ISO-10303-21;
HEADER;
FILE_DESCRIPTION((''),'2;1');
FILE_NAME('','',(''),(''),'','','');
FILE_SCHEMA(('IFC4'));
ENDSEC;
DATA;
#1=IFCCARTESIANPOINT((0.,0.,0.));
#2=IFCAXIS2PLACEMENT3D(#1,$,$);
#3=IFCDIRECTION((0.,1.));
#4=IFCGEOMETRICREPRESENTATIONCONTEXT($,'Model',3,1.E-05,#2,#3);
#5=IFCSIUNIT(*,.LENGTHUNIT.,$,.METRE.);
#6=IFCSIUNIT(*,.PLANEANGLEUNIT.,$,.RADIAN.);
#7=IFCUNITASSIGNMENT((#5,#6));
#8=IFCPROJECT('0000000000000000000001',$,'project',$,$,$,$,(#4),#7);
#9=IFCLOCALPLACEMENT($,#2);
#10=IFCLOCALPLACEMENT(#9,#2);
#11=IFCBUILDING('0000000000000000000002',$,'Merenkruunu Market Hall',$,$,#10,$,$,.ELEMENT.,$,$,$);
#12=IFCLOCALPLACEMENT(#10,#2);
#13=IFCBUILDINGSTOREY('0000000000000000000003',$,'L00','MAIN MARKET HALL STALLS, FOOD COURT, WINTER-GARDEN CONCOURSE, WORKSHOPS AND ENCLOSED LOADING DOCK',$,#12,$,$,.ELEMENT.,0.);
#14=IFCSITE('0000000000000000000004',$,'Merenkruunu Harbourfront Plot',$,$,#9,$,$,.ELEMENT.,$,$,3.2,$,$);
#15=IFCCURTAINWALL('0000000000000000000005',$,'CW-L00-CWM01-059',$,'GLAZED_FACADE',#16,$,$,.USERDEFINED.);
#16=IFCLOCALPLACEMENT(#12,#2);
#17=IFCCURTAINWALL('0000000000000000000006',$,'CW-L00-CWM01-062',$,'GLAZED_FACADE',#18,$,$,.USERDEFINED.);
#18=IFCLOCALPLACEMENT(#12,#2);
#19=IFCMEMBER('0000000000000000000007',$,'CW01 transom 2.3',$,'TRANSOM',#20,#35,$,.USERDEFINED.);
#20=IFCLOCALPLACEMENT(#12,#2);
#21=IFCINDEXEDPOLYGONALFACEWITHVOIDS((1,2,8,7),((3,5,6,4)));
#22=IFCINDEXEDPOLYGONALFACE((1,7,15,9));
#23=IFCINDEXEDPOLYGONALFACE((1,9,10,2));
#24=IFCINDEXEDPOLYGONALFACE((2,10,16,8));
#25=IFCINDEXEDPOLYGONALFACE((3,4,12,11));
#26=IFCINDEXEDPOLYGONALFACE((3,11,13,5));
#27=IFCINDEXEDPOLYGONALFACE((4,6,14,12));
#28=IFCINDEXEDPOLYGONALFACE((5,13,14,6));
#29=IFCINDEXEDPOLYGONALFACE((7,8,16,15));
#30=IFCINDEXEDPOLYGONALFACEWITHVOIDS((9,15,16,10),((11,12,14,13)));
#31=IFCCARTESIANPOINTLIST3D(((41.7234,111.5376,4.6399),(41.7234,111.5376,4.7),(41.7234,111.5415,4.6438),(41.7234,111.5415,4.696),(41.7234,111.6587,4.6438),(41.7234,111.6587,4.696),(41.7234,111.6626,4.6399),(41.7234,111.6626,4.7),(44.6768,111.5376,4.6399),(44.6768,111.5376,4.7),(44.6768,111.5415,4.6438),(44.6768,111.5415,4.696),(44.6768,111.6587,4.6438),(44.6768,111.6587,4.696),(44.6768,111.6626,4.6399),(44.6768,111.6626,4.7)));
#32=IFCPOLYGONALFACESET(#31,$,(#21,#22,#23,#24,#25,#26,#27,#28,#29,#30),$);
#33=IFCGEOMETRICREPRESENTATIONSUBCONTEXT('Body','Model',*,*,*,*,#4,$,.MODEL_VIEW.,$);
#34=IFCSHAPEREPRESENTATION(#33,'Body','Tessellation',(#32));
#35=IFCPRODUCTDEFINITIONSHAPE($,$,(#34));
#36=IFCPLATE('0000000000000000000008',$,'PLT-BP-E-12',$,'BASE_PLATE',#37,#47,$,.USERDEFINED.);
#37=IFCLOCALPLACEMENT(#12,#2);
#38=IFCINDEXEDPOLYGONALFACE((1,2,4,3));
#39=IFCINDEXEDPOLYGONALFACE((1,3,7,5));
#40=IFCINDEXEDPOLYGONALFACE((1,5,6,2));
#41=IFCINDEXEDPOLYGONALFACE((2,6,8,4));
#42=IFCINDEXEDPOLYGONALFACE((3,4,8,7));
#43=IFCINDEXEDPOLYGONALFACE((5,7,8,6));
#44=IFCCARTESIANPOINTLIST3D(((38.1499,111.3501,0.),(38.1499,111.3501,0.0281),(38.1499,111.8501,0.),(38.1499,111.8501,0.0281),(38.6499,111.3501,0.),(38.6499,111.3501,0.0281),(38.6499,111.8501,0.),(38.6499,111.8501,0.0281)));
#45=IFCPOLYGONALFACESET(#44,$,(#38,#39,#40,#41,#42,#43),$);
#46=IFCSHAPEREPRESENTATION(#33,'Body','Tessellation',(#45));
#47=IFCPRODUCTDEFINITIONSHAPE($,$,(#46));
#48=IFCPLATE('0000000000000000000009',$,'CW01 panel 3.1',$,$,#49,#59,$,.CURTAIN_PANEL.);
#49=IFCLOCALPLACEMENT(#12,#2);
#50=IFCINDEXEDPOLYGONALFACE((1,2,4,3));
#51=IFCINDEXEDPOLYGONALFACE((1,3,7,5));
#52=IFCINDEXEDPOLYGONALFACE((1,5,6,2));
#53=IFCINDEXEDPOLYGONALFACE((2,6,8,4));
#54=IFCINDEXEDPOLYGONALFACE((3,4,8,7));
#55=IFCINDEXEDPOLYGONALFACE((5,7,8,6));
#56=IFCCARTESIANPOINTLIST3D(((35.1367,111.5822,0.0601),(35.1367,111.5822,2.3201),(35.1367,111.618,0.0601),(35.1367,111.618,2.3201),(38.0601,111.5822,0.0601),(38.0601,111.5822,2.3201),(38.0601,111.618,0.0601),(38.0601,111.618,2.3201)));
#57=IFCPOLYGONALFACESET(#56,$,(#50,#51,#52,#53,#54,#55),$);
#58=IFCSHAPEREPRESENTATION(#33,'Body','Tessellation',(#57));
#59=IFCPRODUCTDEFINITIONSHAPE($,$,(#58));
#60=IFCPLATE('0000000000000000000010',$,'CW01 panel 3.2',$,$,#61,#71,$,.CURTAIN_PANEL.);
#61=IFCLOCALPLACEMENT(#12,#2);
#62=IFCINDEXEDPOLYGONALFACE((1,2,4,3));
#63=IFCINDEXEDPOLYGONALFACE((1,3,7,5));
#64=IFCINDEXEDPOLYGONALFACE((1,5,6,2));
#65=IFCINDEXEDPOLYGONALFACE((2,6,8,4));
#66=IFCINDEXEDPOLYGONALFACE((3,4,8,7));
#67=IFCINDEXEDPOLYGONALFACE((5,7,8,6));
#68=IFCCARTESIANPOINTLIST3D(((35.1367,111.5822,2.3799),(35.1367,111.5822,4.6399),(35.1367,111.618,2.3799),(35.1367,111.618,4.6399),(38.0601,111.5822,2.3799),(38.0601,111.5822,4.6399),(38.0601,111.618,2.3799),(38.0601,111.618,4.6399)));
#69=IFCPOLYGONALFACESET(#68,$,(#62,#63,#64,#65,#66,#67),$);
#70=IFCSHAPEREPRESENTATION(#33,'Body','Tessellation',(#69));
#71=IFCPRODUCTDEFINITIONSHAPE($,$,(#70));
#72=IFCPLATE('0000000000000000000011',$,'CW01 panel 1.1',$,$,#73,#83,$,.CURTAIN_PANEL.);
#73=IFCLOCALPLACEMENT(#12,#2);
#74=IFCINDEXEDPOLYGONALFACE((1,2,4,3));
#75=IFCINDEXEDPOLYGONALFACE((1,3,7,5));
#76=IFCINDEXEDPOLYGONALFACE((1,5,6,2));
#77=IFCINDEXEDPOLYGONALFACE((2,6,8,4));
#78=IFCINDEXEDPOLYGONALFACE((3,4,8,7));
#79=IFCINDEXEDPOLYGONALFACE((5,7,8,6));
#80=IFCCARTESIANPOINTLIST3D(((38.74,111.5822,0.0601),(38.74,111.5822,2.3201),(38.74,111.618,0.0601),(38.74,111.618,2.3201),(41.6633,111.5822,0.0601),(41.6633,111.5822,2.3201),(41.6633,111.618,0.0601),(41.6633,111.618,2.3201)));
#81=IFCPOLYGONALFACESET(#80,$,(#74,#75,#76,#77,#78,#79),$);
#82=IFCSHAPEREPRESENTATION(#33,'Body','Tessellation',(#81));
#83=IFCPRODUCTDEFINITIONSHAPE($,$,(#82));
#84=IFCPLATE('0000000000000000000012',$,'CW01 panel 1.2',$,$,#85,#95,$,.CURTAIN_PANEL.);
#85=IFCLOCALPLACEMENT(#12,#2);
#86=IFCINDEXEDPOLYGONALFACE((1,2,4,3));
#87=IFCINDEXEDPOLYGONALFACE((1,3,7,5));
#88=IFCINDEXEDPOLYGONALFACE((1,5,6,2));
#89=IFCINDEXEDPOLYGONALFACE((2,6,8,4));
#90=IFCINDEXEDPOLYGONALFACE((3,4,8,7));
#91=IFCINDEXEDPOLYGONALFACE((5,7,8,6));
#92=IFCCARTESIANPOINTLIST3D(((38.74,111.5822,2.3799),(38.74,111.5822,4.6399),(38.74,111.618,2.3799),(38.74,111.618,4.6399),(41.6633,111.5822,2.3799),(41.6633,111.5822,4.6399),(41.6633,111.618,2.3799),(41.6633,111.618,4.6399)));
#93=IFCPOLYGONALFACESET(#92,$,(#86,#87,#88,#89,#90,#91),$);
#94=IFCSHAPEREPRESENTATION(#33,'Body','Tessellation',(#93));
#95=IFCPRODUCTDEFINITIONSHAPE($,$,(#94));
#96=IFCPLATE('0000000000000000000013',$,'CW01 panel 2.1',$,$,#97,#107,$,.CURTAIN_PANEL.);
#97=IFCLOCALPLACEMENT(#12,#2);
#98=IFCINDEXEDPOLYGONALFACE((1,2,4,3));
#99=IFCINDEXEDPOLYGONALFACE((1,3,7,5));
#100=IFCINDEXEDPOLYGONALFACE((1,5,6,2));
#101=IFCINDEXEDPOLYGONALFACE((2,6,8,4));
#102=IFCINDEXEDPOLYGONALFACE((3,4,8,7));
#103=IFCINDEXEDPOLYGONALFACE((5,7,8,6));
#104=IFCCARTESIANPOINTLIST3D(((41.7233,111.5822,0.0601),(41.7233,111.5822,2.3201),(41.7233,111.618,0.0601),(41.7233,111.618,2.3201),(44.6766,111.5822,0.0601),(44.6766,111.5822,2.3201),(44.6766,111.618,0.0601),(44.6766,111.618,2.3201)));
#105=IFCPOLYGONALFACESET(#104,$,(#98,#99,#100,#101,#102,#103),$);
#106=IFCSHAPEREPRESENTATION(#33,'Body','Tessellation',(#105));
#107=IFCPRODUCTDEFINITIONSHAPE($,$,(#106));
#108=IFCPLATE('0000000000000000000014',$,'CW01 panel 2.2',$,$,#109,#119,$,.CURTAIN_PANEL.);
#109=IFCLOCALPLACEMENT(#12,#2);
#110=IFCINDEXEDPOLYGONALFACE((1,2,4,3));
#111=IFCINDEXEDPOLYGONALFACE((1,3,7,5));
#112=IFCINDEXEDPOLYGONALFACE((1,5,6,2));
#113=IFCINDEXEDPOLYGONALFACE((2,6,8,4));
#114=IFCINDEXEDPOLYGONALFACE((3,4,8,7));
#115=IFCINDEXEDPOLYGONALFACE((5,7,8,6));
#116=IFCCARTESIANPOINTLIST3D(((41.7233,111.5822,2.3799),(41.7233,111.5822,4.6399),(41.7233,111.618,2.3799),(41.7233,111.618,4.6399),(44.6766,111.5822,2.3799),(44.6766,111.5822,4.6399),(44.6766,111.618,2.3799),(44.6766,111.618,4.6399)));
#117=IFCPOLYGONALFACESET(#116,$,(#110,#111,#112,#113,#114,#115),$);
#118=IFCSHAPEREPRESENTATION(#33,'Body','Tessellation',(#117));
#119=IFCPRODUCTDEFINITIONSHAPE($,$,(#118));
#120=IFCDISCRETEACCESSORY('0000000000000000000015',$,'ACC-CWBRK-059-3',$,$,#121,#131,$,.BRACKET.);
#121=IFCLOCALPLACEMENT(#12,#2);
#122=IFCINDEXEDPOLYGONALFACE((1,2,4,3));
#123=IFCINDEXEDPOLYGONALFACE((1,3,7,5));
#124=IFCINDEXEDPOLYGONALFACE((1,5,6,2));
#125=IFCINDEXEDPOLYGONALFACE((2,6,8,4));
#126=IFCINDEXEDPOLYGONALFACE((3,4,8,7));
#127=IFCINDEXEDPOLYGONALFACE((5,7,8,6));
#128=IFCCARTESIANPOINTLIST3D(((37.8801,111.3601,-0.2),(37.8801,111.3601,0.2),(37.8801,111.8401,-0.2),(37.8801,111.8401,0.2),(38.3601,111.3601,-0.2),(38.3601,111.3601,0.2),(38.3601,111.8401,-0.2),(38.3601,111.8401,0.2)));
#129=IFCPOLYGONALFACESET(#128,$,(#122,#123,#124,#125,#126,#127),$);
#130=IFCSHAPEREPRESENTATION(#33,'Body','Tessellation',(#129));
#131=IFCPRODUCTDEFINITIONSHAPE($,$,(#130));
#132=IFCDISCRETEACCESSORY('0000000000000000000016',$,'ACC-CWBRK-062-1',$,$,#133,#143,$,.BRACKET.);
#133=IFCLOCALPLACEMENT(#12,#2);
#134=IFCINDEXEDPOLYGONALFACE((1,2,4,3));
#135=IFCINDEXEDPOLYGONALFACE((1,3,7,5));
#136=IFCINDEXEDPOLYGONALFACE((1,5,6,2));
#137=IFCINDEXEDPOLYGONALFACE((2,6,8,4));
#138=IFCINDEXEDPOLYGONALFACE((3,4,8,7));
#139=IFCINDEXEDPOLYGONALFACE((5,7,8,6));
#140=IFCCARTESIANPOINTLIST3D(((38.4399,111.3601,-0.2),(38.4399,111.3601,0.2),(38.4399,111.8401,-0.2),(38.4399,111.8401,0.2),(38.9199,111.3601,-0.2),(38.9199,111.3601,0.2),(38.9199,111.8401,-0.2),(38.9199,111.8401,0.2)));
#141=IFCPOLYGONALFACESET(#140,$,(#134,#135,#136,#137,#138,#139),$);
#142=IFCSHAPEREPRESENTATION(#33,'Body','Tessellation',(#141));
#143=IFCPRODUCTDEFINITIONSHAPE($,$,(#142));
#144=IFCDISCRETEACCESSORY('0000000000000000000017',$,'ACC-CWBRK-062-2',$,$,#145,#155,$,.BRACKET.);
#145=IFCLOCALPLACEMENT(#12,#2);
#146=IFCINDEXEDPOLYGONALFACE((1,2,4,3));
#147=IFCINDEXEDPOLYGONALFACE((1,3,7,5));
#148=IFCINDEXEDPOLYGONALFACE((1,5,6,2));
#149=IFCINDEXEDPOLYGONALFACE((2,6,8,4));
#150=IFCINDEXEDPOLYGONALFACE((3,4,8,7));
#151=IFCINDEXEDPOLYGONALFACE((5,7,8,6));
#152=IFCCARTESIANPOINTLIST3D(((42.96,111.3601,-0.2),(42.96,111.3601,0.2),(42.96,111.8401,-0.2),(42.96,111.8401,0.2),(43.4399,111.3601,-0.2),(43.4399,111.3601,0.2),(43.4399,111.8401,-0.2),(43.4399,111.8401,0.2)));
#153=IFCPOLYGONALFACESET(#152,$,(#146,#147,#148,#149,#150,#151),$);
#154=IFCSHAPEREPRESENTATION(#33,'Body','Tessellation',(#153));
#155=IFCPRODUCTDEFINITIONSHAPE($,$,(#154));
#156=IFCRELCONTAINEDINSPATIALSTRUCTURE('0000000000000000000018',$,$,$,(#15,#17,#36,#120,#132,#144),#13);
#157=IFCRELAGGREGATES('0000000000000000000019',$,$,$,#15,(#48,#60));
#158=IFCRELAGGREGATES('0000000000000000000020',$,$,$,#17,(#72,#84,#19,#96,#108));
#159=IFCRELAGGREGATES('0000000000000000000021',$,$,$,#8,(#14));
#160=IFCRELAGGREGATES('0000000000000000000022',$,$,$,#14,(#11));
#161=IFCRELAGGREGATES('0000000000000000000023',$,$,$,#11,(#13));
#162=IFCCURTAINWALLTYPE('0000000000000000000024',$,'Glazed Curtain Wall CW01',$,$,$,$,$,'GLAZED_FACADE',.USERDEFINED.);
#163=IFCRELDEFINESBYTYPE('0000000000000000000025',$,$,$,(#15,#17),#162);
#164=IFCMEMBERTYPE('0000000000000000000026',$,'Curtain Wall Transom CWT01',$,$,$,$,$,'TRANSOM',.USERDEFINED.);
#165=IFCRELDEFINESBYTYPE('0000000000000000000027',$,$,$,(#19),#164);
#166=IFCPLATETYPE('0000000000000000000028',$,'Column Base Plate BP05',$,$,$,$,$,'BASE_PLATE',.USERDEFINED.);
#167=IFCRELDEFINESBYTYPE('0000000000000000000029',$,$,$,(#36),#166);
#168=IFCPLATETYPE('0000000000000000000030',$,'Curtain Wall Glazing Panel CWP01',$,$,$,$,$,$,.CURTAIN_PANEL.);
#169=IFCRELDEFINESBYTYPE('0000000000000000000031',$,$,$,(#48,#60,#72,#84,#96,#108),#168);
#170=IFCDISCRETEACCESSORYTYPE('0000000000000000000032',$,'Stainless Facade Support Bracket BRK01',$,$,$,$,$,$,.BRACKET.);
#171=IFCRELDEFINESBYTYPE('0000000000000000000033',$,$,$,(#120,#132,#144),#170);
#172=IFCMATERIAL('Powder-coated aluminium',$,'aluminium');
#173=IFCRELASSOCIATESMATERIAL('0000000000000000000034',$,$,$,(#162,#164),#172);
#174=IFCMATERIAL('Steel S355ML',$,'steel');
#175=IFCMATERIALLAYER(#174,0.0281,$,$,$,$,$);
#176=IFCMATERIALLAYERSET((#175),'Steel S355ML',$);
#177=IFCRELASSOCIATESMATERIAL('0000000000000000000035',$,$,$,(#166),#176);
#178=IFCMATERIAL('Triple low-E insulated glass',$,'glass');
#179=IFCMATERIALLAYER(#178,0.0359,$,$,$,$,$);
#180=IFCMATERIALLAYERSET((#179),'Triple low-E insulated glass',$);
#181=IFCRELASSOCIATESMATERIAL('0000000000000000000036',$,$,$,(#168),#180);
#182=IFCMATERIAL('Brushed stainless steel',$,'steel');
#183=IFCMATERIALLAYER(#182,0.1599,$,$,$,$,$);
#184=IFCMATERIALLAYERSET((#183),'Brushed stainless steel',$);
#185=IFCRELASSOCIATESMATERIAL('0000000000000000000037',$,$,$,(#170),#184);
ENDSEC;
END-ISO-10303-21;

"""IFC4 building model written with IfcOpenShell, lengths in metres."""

from ifc_helpers import new_model, si_unit, direction, frame, origin, origin_2d, place, context, subcontext, project, spatial, rectangle, hollow_rectangle, extrude, material, layer, layer_set, material_profile, profile_set, type_object, element, aggregate, save


model = new_model("IFC4")

# Units and contexts
model_context = context("Model", 3, precision=1e-05, world=origin(), true_north=direction((0.0, 1.0)))
body_context = subcontext(model_context, "Body", "Model", "MODEL_VIEW")
ifc_project = project(units=[si_unit("LENGTHUNIT", "METRE"), si_unit("PLANEANGLEUNIT", "RADIAN")], contexts=[model_context])

# Site, building, storey
site_placement = place(None, origin())
site = spatial("IfcSite", under=ifc_project, at=site_placement, Name="Merenkruunu Harbourfront Plot", CompositionType="ELEMENT", RefElevation=3.2)
building_placement = place(site_placement, origin())
building = spatial("IfcBuilding", under=site, at=building_placement, Name="Merenkruunu Market Hall", CompositionType="ELEMENT")
storey_placement = place(building_placement, origin())
storey = spatial("IfcBuildingStorey", under=building, at=storey_placement, Name="L00", Description="MAIN MARKET HALL STALLS, FOOD COURT, WINTER-GARDEN CONCOURSE, WORKSHOPS AND ENCLOSED LOADING DOCK", CompositionType="ELEMENT", Elevation=0.0)

# Curtain wall
ifc_material_1 = material(Name="Powder-coated aluminium", Category="aluminium")
curtain_wall_type = type_object("IfcCurtainWallType", Name="Glazed Curtain Wall CW01", ElementType="GLAZED_FACADE", PredefinedType="USERDEFINED", material=ifc_material_1)
curtain_wall_1_placement = place(storey_placement, origin())
curtain_wall_1 = element("IfcCurtainWall", 1, at=curtain_wall_1_placement, inside=storey, type_object=curtain_wall_type, Name="CW-L00-CWM01-059", ObjectType="GLAZED_FACADE", PredefinedType="USERDEFINED")

# Curtain wall, member
curtain_wall_2_placement = place(storey_placement, origin())
curtain_wall_2 = element("IfcCurtainWall", 2, at=curtain_wall_2_placement, inside=storey, type_object=curtain_wall_type, Name="CW-L00-CWM01-062", ObjectType="GLAZED_FACADE", PredefinedType="USERDEFINED")
ifc_material_profile_1 = material_profile(ifc_material_1, hollow_rectangle(XDim=0.0601, YDim=0.125, WallThickness=0.0039, at=origin_2d()), Name="ALU 60x125x4")
ifc_profile_set_1 = profile_set([ifc_material_profile_1], Name="Powder-coated aluminium")
member_type_1 = type_object("IfcMemberType", Name="Curtain Wall Transom CWT01", ElementType="TRANSOM", PredefinedType="USERDEFINED", material=ifc_profile_set_1)
member_1_placement = place(storey_placement, frame((41.7234, 111.6001, 4.6699), z_axis=(1.0, 0.0, 0.0), x_axis=(0.0, 0.0, 1.0)))
member_1 = element("IfcMember", 3, at=member_1_placement, type_object=member_type_1, Name="CW01 transom 2.3", ObjectType="TRANSOM", PredefinedType="USERDEFINED", context=body_context, shape_type="SweptSolid", body=[
    extrude(hollow_rectangle(XDim=0.0601, YDim=0.125, WallThickness=0.0039, at=origin_2d()), origin(), (0.0, 0.0, 1.0), 2.9534),
])

# Plates
ifc_material_2 = material(Name="Steel S355ML", Category="steel")
ifc_layer_1 = layer(ifc_material_2, 0.0281)
ifc_layer_set_1 = layer_set([ifc_layer_1], Name="Steel S355ML")
plate_type_1 = type_object("IfcPlateType", Name="Column Base Plate BP05", ElementType="BASE_PLATE", PredefinedType="USERDEFINED", material=ifc_layer_set_1)
plate_1_placement = place(storey_placement, frame((38.3999, 111.6001, 0.0), z_axis=(0.0, 0.0, 1.0), x_axis=(1.0, 0.0, 0.0)))
element("IfcPlate", 4, at=plate_1_placement, inside=storey, type_object=plate_type_1, Name="PLT-BP-E-12", ObjectType="BASE_PLATE", PredefinedType="USERDEFINED", context=body_context, shape_type="SweptSolid", body=[
    extrude(rectangle(XDim=0.5, YDim=0.5, at=origin_2d()), origin(), (0.0, 0.0, 1.0), 0.0281),
])
ifc_material_3 = material(Name="Triple low-E insulated glass", Category="glass")
ifc_layer_2 = layer(ifc_material_3, 0.0359)
ifc_layer_set_2 = layer_set([ifc_layer_2], Name="Triple low-E insulated glass")
plate_type_2 = type_object("IfcPlateType", Name="Curtain Wall Glazing Panel CWP01", PredefinedType="CURTAIN_PANEL", material=ifc_layer_set_2)
plate_2_placement = place(storey_placement, frame((36.5984, 111.6001, 0.0601), z_axis=(0.0, 0.0, 1.0), x_axis=(1.0, 0.0, 0.0)))
plate_2 = element("IfcPlate", 5, at=plate_2_placement, type_object=plate_type_2, Name="CW01 panel 3.1", PredefinedType="CURTAIN_PANEL", context=body_context, shape_type="SweptSolid", body=[
    extrude(rectangle(XDim=2.9233, YDim=0.0359, at=origin_2d()), origin(), (0.0, 0.0, 1.0), 2.26),
])
plate_3_placement = place(storey_placement, frame((36.5984, 111.6001, 2.3799), z_axis=(0.0, 0.0, 1.0), x_axis=(1.0, 0.0, 0.0)))
plate_3 = element("IfcPlate", 6, at=plate_3_placement, type_object=plate_type_2, Name="CW01 panel 3.2", PredefinedType="CURTAIN_PANEL", context=body_context, shape_type="SweptSolid", body=[
    extrude(rectangle(XDim=2.9233, YDim=0.0359, at=origin_2d()), origin(), (0.0, 0.0, 1.0), 2.26),
])
aggregate(curtain_wall_1, [plate_2, plate_3])
plate_4_placement = place(storey_placement, frame((40.2017, 111.6001, 0.0601), z_axis=(0.0, 0.0, 1.0), x_axis=(1.0, 0.0, 0.0)))
plate_4 = element("IfcPlate", 7, at=plate_4_placement, type_object=plate_type_2, Name="CW01 panel 1.1", PredefinedType="CURTAIN_PANEL", context=body_context, shape_type="SweptSolid", body=[
    extrude(rectangle(XDim=2.9233, YDim=0.0359, at=origin_2d()), origin(), (0.0, 0.0, 1.0), 2.26),
])
plate_5_placement = place(storey_placement, frame((40.2017, 111.6001, 2.3799), z_axis=(0.0, 0.0, 1.0), x_axis=(1.0, 0.0, 0.0)))
plate_5 = element("IfcPlate", 8, at=plate_5_placement, type_object=plate_type_2, Name="CW01 panel 1.2", PredefinedType="CURTAIN_PANEL", context=body_context, shape_type="SweptSolid", body=[
    extrude(rectangle(XDim=2.9233, YDim=0.0359, at=origin_2d()), origin(), (0.0, 0.0, 1.0), 2.26),
])
plate_6_placement = place(storey_placement, frame((43.2, 111.6001, 0.0601), z_axis=(0.0, 0.0, 1.0), x_axis=(1.0, 0.0, 0.0)))
plate_6 = element("IfcPlate", 9, at=plate_6_placement, type_object=plate_type_2, Name="CW01 panel 2.1", PredefinedType="CURTAIN_PANEL", context=body_context, shape_type="SweptSolid", body=[
    extrude(rectangle(XDim=2.9534, YDim=0.0359, at=origin_2d()), origin(), (0.0, 0.0, 1.0), 2.26),
])
plate_7_placement = place(storey_placement, frame((43.2, 111.6001, 2.3799), z_axis=(0.0, 0.0, 1.0), x_axis=(1.0, 0.0, 0.0)))
plate_7 = element("IfcPlate", 10, at=plate_7_placement, type_object=plate_type_2, Name="CW01 panel 2.2", PredefinedType="CURTAIN_PANEL", context=body_context, shape_type="SweptSolid", body=[
    extrude(rectangle(XDim=2.9534, YDim=0.0359, at=origin_2d()), origin(), (0.0, 0.0, 1.0), 2.26),
])
aggregate(curtain_wall_2, [plate_4, plate_5, member_1, plate_6, plate_7])

# Discrete accessories
ifc_material_4 = material(Name="Brushed stainless steel", Category="steel")
ifc_layer_3 = layer(ifc_material_4, 0.1599)
ifc_layer_set_3 = layer_set([ifc_layer_3], Name="Brushed stainless steel")
discrete_accessory_type = type_object("IfcDiscreteAccessoryType", Name="Stainless Facade Support Bracket BRK01", PredefinedType="BRACKET", material=ifc_layer_set_3)
for number, where, z_axis, x_axis, name in (
    (11, (38.1201, 111.6001, -0.2), (0.0, 0.0, 1.0), (1.0, 0.0, 0.0), "ACC-CWBRK-059-3"),
    (12, (38.6799, 111.6001, -0.2), (0.0, 0.0, 1.0), (1.0, 0.0, 0.0), "ACC-CWBRK-062-1"),
    (13, (43.2, 111.6001, -0.2), (0.0, 0.0, 1.0), (1.0, 0.0, 0.0), "ACC-CWBRK-062-2"),
):
    element("IfcDiscreteAccessory", number, at=place(storey_placement, frame(where, z_axis=z_axis, x_axis=x_axis)), inside=storey, type_object=discrete_accessory_type, Name=name, PredefinedType="BRACKET", context=body_context, shape_type="SweptSolid", body=[
        extrude(rectangle(XDim=0.48, YDim=0.48, at=origin_2d()), origin(), (0.0, 0.0, 1.0), 0.3999),
    ])

save(model, "model.ifc")
